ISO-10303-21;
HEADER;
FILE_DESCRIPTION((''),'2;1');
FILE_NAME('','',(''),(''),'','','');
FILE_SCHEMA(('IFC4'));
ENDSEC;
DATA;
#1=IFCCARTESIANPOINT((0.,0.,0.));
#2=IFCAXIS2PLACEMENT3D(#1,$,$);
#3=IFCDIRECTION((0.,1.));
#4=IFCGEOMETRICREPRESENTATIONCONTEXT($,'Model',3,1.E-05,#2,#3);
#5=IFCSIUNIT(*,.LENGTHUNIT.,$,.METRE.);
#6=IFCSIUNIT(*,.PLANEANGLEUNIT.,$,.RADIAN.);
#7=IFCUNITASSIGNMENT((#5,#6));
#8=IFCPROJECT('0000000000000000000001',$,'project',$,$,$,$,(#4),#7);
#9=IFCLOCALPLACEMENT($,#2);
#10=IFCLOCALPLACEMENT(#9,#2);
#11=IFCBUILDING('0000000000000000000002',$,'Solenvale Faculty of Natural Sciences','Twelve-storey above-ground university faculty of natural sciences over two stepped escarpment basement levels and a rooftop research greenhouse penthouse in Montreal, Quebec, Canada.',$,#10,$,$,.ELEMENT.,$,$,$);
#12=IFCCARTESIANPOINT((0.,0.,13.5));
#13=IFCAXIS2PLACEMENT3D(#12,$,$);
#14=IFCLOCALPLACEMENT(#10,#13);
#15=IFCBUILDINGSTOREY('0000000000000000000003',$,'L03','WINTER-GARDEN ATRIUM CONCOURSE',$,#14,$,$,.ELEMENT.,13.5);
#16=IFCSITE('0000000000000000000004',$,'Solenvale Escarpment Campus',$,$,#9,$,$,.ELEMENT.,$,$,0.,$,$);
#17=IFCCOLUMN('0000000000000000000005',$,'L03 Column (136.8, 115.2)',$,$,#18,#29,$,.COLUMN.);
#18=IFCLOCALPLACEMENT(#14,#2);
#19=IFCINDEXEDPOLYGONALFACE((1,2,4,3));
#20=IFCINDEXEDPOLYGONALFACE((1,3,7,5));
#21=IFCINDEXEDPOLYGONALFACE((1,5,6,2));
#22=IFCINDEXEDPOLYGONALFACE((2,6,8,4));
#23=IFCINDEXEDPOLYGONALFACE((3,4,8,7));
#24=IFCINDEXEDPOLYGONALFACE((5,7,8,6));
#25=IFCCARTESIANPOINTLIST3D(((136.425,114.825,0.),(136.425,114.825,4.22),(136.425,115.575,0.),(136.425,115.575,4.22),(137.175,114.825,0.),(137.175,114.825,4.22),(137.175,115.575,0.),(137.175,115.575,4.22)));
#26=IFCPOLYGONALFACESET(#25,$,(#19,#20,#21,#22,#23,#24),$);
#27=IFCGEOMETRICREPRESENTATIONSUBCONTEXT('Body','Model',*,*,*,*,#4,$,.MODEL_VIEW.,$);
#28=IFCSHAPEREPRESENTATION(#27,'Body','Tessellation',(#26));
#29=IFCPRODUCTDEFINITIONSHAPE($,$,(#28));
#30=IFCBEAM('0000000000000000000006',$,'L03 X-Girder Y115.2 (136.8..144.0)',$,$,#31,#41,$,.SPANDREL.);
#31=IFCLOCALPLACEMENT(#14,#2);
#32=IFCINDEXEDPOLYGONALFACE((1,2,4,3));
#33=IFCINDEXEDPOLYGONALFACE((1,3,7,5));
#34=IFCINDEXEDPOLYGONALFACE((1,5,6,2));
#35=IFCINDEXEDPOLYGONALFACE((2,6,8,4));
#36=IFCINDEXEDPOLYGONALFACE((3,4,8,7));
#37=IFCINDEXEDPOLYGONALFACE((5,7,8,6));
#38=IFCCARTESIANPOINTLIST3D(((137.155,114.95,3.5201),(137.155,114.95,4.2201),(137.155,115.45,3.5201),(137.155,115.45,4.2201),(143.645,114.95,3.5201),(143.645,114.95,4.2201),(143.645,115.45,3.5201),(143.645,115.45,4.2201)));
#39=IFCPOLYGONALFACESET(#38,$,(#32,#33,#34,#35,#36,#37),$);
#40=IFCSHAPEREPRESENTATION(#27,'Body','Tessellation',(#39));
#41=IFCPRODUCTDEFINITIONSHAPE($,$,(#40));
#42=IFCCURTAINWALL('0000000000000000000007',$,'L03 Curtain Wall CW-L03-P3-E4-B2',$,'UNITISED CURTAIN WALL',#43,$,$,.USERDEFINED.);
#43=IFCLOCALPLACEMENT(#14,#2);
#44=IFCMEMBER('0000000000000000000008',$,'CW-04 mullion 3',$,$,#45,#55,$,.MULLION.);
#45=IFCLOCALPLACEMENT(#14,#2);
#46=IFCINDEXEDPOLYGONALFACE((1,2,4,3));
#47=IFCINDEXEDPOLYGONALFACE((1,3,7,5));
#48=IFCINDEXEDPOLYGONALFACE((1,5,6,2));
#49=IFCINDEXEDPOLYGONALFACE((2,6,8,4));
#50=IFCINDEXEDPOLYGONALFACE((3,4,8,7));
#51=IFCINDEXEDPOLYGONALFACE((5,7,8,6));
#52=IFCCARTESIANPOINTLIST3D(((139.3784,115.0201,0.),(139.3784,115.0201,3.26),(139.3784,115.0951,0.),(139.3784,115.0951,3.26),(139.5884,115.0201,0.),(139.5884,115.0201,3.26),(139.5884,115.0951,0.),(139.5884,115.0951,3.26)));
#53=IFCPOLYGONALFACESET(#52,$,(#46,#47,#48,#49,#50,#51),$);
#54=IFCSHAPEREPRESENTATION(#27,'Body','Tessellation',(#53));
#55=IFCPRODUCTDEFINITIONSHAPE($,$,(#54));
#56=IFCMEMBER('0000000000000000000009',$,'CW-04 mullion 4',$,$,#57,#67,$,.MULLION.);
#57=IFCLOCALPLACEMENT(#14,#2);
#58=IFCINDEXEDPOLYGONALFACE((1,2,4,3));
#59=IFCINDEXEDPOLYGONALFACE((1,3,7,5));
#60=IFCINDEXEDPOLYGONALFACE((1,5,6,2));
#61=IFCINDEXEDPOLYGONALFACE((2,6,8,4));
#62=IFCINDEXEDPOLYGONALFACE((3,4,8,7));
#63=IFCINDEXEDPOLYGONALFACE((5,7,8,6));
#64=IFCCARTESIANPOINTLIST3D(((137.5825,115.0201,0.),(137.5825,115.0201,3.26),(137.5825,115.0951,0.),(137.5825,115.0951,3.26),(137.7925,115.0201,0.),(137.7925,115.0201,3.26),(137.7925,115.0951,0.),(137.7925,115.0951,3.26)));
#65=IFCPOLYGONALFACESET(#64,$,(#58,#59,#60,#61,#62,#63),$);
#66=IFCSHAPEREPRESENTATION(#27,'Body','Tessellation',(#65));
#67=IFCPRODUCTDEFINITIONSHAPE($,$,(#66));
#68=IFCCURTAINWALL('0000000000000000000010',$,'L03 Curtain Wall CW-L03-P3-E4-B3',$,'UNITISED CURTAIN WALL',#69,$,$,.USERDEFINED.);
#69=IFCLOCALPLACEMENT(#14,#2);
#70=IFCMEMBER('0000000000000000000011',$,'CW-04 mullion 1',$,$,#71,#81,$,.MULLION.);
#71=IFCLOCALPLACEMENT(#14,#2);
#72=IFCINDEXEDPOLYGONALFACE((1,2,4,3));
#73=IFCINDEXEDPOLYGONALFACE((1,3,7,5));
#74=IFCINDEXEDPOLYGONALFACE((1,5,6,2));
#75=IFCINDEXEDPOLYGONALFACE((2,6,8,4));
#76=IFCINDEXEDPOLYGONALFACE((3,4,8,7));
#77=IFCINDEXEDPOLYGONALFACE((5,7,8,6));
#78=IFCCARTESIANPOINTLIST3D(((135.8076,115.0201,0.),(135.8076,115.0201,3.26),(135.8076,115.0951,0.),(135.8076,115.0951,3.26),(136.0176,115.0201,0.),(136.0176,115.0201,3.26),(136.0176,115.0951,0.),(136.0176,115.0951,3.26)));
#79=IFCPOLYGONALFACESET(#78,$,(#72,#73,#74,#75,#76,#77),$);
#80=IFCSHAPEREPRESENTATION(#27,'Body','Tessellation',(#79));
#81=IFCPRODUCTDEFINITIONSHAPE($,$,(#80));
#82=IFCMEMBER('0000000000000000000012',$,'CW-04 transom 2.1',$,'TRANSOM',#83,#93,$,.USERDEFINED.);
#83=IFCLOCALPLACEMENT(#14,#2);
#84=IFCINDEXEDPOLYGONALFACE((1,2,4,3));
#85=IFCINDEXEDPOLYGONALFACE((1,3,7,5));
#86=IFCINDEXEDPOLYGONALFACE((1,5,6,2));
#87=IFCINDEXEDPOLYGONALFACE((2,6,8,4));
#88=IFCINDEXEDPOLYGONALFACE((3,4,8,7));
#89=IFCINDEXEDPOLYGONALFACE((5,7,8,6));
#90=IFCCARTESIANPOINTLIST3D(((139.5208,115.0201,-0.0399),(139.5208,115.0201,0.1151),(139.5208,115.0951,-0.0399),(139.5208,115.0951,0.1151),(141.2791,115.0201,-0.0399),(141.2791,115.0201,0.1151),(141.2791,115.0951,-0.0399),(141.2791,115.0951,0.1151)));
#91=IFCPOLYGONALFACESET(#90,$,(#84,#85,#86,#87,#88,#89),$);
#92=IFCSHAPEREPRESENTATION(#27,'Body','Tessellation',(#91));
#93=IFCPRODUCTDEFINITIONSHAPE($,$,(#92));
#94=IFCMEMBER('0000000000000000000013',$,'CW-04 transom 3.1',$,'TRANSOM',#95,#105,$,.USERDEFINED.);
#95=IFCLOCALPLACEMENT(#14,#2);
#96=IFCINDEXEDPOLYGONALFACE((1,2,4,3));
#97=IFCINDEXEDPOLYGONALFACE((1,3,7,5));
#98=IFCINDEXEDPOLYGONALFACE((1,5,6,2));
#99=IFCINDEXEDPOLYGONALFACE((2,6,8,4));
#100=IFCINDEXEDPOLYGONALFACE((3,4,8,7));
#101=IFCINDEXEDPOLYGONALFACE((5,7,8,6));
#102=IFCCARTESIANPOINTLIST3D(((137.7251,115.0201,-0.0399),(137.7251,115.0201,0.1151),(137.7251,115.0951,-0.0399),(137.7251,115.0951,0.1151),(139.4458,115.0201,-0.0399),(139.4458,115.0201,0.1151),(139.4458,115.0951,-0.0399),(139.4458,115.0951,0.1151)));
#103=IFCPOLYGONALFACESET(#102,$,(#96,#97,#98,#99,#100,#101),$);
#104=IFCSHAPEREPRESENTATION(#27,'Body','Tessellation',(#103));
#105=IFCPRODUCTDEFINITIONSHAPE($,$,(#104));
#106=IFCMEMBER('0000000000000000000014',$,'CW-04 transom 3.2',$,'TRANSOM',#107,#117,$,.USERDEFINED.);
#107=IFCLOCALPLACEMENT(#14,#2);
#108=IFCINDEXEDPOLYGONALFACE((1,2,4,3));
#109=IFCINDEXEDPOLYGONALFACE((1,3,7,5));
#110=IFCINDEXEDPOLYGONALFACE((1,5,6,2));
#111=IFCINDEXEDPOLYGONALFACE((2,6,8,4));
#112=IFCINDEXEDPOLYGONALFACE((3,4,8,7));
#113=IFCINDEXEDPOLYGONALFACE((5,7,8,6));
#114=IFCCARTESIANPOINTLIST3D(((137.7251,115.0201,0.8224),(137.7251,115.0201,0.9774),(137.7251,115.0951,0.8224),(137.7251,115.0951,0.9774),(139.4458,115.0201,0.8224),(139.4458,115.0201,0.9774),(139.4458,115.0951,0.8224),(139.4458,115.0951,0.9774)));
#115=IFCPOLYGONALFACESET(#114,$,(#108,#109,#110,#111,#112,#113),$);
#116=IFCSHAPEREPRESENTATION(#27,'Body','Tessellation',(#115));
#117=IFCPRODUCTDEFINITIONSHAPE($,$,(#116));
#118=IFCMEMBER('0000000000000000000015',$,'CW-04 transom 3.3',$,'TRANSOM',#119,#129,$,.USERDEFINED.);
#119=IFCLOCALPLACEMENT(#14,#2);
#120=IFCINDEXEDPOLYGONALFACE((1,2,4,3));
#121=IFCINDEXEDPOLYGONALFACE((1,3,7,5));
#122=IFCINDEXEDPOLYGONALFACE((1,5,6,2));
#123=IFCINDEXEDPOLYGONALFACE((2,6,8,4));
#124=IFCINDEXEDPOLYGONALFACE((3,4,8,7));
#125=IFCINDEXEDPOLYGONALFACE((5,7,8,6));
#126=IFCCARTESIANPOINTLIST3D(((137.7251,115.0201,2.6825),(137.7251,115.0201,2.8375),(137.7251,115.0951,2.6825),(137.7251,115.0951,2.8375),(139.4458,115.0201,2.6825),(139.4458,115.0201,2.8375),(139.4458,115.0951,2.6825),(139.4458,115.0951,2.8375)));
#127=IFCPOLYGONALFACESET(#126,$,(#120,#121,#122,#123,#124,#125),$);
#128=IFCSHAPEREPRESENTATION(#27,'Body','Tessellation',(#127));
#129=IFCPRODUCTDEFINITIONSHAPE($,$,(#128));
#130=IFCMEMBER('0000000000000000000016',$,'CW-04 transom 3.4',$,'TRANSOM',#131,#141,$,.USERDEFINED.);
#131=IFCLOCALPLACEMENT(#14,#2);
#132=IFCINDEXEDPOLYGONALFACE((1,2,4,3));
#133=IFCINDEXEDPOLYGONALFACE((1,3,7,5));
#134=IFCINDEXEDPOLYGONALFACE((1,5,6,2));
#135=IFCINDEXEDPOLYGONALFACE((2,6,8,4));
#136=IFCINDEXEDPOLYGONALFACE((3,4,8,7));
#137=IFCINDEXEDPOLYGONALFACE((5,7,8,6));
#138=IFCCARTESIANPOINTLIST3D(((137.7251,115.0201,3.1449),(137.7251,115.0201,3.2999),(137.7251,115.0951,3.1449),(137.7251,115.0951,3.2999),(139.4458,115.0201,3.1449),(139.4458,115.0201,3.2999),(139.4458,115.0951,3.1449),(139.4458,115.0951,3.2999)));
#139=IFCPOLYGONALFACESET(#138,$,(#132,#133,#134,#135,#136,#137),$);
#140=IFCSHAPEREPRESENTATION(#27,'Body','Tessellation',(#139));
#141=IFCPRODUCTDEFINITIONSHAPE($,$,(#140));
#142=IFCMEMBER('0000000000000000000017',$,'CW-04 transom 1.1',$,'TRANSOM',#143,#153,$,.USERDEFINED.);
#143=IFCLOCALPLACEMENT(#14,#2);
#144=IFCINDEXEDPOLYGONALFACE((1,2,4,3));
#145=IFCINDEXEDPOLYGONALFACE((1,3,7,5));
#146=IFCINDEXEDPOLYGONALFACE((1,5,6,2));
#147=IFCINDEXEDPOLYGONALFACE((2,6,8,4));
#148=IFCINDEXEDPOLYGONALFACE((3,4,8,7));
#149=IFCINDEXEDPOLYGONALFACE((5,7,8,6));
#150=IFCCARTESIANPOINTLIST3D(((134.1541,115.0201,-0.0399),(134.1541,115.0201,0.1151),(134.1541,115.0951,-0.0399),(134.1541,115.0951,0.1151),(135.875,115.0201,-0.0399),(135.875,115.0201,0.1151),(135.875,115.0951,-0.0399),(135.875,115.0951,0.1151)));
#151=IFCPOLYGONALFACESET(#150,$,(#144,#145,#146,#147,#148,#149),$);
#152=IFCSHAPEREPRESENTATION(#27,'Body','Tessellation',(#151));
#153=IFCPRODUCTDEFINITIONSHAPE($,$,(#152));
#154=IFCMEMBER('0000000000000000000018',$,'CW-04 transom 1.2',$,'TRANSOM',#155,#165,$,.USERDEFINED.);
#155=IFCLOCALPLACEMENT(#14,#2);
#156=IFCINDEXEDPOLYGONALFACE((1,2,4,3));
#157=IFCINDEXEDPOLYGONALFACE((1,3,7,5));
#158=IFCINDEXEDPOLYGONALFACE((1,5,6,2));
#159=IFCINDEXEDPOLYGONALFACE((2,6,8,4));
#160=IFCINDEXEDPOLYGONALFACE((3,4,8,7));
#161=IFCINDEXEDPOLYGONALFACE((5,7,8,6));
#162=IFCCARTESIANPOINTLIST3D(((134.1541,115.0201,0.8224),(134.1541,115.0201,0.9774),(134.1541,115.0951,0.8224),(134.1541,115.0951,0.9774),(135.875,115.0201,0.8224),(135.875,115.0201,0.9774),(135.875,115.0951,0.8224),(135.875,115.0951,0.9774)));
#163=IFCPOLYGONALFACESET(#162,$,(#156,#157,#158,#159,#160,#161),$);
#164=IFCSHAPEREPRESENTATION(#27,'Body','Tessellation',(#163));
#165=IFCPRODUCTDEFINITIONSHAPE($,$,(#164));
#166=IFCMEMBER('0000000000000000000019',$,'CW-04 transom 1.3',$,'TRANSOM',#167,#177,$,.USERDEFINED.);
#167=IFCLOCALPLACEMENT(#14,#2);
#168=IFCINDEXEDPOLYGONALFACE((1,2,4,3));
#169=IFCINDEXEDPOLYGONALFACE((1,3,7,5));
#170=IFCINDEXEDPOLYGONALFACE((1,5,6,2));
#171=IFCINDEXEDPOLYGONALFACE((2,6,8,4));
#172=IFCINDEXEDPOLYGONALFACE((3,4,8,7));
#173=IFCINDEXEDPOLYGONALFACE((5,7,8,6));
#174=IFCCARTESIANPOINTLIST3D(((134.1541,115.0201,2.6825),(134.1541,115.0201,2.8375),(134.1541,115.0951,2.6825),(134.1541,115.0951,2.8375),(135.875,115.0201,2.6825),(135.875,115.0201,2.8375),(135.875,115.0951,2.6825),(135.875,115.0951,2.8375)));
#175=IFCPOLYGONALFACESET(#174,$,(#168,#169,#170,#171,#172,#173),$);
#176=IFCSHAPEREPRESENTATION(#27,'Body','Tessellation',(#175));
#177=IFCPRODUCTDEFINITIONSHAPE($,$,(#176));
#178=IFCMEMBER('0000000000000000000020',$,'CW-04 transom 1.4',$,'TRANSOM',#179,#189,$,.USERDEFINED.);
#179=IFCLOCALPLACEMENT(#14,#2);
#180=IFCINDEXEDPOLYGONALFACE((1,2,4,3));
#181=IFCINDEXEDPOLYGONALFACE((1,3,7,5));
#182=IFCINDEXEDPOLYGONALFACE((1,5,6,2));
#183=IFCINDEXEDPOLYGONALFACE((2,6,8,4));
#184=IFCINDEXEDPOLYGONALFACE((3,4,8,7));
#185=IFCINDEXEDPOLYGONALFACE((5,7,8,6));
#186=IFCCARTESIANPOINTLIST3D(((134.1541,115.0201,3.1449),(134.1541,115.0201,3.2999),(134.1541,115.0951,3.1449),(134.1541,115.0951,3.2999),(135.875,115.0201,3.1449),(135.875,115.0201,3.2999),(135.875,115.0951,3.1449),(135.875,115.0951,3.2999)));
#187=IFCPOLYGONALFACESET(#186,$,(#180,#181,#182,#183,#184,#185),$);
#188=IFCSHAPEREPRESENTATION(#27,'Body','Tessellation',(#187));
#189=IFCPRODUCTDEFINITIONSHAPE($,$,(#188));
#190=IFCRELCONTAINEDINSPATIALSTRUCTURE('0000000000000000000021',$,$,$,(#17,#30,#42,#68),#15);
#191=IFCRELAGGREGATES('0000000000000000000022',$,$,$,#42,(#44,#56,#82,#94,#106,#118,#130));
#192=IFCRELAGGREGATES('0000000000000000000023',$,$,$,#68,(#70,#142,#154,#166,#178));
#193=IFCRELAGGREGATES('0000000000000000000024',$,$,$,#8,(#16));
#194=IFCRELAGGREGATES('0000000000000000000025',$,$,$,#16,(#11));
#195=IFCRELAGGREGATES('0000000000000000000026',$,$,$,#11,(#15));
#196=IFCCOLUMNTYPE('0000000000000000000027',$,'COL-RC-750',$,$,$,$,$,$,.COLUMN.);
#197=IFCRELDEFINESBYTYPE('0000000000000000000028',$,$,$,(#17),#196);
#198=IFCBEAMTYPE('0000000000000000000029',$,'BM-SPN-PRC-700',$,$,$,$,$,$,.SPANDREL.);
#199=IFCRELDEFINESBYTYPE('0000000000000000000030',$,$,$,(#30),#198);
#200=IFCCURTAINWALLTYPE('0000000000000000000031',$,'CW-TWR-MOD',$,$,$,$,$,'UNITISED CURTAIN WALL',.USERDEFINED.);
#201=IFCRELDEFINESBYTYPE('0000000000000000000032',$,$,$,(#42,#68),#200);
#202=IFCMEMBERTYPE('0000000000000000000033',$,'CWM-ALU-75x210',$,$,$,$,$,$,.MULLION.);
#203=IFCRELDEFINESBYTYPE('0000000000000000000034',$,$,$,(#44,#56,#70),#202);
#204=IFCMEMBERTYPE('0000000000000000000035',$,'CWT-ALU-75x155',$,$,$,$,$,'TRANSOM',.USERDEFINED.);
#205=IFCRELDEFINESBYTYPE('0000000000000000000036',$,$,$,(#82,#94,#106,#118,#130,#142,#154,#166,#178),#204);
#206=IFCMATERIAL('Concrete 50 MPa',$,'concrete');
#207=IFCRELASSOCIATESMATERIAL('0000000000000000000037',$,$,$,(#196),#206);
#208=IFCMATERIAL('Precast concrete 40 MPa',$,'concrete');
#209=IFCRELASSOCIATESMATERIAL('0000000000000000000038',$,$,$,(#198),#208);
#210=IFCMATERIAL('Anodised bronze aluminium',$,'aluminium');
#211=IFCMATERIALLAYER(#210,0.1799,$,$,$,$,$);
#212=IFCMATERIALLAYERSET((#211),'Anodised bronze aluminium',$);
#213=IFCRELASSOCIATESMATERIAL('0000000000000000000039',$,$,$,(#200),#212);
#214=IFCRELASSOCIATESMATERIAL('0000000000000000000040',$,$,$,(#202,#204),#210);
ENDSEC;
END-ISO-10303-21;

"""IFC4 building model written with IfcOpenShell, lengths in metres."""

from ifc_helpers import new_model, si_unit, direction, frame, origin, origin_2d, place, context, subcontext, project, spatial, rectangle, extrude, material, layer, layer_set, material_profile, profile_set, type_object, element, aggregate, save


model = new_model("IFC4")

# Units and contexts
model_context = context("Model", 3, precision=1e-05, world=origin(), true_north=direction((0.0, 1.0)))
body_context = subcontext(model_context, "Body", "Model", "MODEL_VIEW")
ifc_project = project(units=[si_unit("LENGTHUNIT", "METRE"), si_unit("PLANEANGLEUNIT", "RADIAN")], contexts=[model_context])

# Site, building, storey
site_placement = place(None, origin())
site = spatial("IfcSite", under=ifc_project, at=site_placement, Name="Solenvale Escarpment Campus", CompositionType="ELEMENT", RefElevation=0.0)
building_placement = place(site_placement, origin())
building = spatial("IfcBuilding", under=site, at=building_placement, Name="Solenvale Faculty of Natural Sciences", Description="Twelve-storey above-ground university faculty of natural sciences over two stepped escarpment basement levels and a rooftop research greenhouse penthouse in Montreal, Quebec, Canada.", CompositionType="ELEMENT")
storey_placement = place(building_placement, frame((0.0, 0.0, 13.5)))
storey = spatial("IfcBuildingStorey", under=building, at=storey_placement, Name="L03", Description="WINTER-GARDEN ATRIUM CONCOURSE", CompositionType="ELEMENT", Elevation=13.5)

# Column
ifc_material_1 = material(Name="Concrete 50 MPa", Category="concrete")
ifc_material_profile_1 = material_profile(ifc_material_1, rectangle(XDim=0.75, YDim=0.75, at=origin_2d()), Name="RC-COL-750x750")
ifc_profile_set_1 = profile_set([ifc_material_profile_1], Name="Concrete 50 MPa")
column_type = type_object("IfcColumnType", Name="COL-RC-750", PredefinedType="COLUMN", material=ifc_profile_set_1)
column_placement = place(storey_placement, frame((136.8, 115.2, 0.0), z_axis=(0.0, 0.0, 1.0), x_axis=(1.0, 0.0, 0.0)))
element("IfcColumn", 1, at=column_placement, inside=storey, type_object=column_type, Name="L03 Column (136.8, 115.2)", PredefinedType="COLUMN", context=body_context, shape_type="SweptSolid", body=[
    extrude(rectangle(XDim=0.75, YDim=0.75, at=origin_2d()), origin(), (0.0, 0.0, 1.0), 4.22),
])

# Beam
ifc_material_2 = material(Name="Precast concrete 40 MPa", Category="concrete")
ifc_material_profile_2 = material_profile(ifc_material_2, rectangle(XDim=0.5, YDim=0.7, at=origin_2d()), Name="RC-BM-500x700")
ifc_profile_set_2 = profile_set([ifc_material_profile_2], Name="Precast concrete 40 MPa")
beam_type = type_object("IfcBeamType", Name="BM-SPN-PRC-700", PredefinedType="SPANDREL", material=ifc_profile_set_2)
beam_placement = place(storey_placement, frame((137.155, 115.2, 3.8701), z_axis=(1.0, 0.0, 0.0), x_axis=(0.0, 1.0, 0.0)))
element("IfcBeam", 2, at=beam_placement, inside=storey, type_object=beam_type, Name="L03 X-Girder Y115.2 (136.8..144.0)", PredefinedType="SPANDREL", context=body_context, shape_type="SweptSolid", body=[
    extrude(rectangle(XDim=0.5, YDim=0.7, at=origin_2d()), origin(), (0.0, 0.0, 1.0), 6.49),
])

# Curtain wall, members
ifc_material_3 = material(Name="Anodised bronze aluminium", Category="aluminium")
ifc_layer_1 = layer(ifc_material_3, 0.1799)
ifc_layer_set_1 = layer_set([ifc_layer_1], Name="Anodised bronze aluminium")
curtain_wall_type = type_object("IfcCurtainWallType", Name="CW-TWR-MOD", ElementType="UNITISED CURTAIN WALL", PredefinedType="USERDEFINED", material=ifc_layer_set_1)
curtain_wall_1_placement = place(storey_placement, origin())
curtain_wall_1 = element("IfcCurtainWall", 3, at=curtain_wall_1_placement, inside=storey, type_object=curtain_wall_type, Name="L03 Curtain Wall CW-L03-P3-E4-B2", ObjectType="UNITISED CURTAIN WALL", PredefinedType="USERDEFINED")
ifc_material_profile_3 = material_profile(ifc_material_3, rectangle(XDim=0.075, YDim=0.21, at=origin_2d()), Name="ALU-MUL-75x210")
ifc_profile_set_3 = profile_set([ifc_material_profile_3], Name="Anodised bronze aluminium")
member_type_1 = type_object("IfcMemberType", Name="CWM-ALU-75x210", PredefinedType="MULLION", material=ifc_profile_set_3)
member_1_placement = place(storey_placement, frame((139.4834, 115.0576, 0.0), z_axis=(0.0, 0.0, 1.0), x_axis=(0.0, -1.0, 0.0)))
member_1 = element("IfcMember", 4, at=member_1_placement, type_object=member_type_1, Name="CW-04 mullion 3", PredefinedType="MULLION", context=body_context, shape_type="SweptSolid", body=[
    extrude(rectangle(XDim=0.075, YDim=0.21, at=origin_2d()), origin(), (0.0, 0.0, 1.0), 3.26),
])
member_2_placement = place(storey_placement, frame((137.6875, 115.0576, 0.0), z_axis=(0.0, 0.0, 1.0), x_axis=(0.0, -1.0, 0.0)))
member_2 = element("IfcMember", 5, at=member_2_placement, type_object=member_type_1, Name="CW-04 mullion 4", PredefinedType="MULLION", context=body_context, shape_type="SweptSolid", body=[
    extrude(rectangle(XDim=0.075, YDim=0.21, at=origin_2d()), origin(), (0.0, 0.0, 1.0), 3.26),
])

# Curtain wall, member
curtain_wall_2_placement = place(storey_placement, origin())
curtain_wall_2 = element("IfcCurtainWall", 6, at=curtain_wall_2_placement, inside=storey, type_object=curtain_wall_type, Name="L03 Curtain Wall CW-L03-P3-E4-B3", ObjectType="UNITISED CURTAIN WALL", PredefinedType="USERDEFINED")
member_3_placement = place(storey_placement, frame((135.9126, 115.0576, 0.0), z_axis=(0.0, 0.0, 1.0), x_axis=(0.0, -1.0, 0.0)))
member_3 = element("IfcMember", 7, at=member_3_placement, type_object=member_type_1, Name="CW-04 mullion 1", PredefinedType="MULLION", context=body_context, shape_type="SweptSolid", body=[
    extrude(rectangle(XDim=0.075, YDim=0.21, at=origin_2d()), origin(), (0.0, 0.0, 1.0), 3.26),
])

# Members
ifc_material_profile_4 = material_profile(ifc_material_3, rectangle(XDim=0.075, YDim=0.155, at=origin_2d()), Name="ALU-TRN-75x155")
ifc_profile_set_4 = profile_set([ifc_material_profile_4], Name="Anodised bronze aluminium")
member_type_2 = type_object("IfcMemberType", Name="CWT-ALU-75x155", ElementType="TRANSOM", PredefinedType="USERDEFINED", material=ifc_profile_set_4)
member_4_placement = place(storey_placement, frame((141.2791, 115.0576, 0.0376), z_axis=(-1.0, 0.0, 0.0), x_axis=(0.0, -1.0, 0.0)))
member_4 = element("IfcMember", 8, at=member_4_placement, type_object=member_type_2, Name="CW-04 transom 2.1", ObjectType="TRANSOM", PredefinedType="USERDEFINED", context=body_context, shape_type="SweptSolid", body=[
    extrude(rectangle(XDim=0.075, YDim=0.155, at=origin_2d()), origin(), (0.0, 0.0, 1.0), 1.7583),
])
member_5_placement = place(storey_placement, frame((139.4458, 115.0576, 0.0376), z_axis=(-1.0, 0.0, 0.0), x_axis=(0.0, -1.0, 0.0)))
member_5 = element("IfcMember", 9, at=member_5_placement, type_object=member_type_2, Name="CW-04 transom 3.1", ObjectType="TRANSOM", PredefinedType="USERDEFINED", context=body_context, shape_type="SweptSolid", body=[
    extrude(rectangle(XDim=0.075, YDim=0.155, at=origin_2d()), origin(), (0.0, 0.0, 1.0), 1.7207),
])
member_6_placement = place(storey_placement, frame((139.4458, 115.0576, 0.8999), z_axis=(-1.0, 0.0, 0.0), x_axis=(0.0, -1.0, 0.0)))
member_6 = element("IfcMember", 10, at=member_6_placement, type_object=member_type_2, Name="CW-04 transom 3.2", ObjectType="TRANSOM", PredefinedType="USERDEFINED", context=body_context, shape_type="SweptSolid", body=[
    extrude(rectangle(XDim=0.075, YDim=0.155, at=origin_2d()), origin(), (0.0, 0.0, 1.0), 1.7207),
])
member_7_placement = place(storey_placement, frame((139.4458, 115.0576, 2.76), z_axis=(-1.0, 0.0, 0.0), x_axis=(0.0, -1.0, 0.0)))
member_7 = element("IfcMember", 11, at=member_7_placement, type_object=member_type_2, Name="CW-04 transom 3.3", ObjectType="TRANSOM", PredefinedType="USERDEFINED", context=body_context, shape_type="SweptSolid", body=[
    extrude(rectangle(XDim=0.075, YDim=0.155, at=origin_2d()), origin(), (0.0, 0.0, 1.0), 1.7207),
])
member_8_placement = place(storey_placement, frame((139.4458, 115.0576, 3.2224), z_axis=(-1.0, 0.0, 0.0), x_axis=(0.0, -1.0, 0.0)))
member_8 = element("IfcMember", 12, at=member_8_placement, type_object=member_type_2, Name="CW-04 transom 3.4", ObjectType="TRANSOM", PredefinedType="USERDEFINED", context=body_context, shape_type="SweptSolid", body=[
    extrude(rectangle(XDim=0.075, YDim=0.155, at=origin_2d()), origin(), (0.0, 0.0, 1.0), 1.7207),
])
member_9_placement = place(storey_placement, frame((135.875, 115.0576, 0.0376), z_axis=(-1.0, 0.0, 0.0), x_axis=(0.0, -1.0, 0.0)))
member_9 = element("IfcMember", 13, at=member_9_placement, type_object=member_type_2, Name="CW-04 transom 1.1", ObjectType="TRANSOM", PredefinedType="USERDEFINED", context=body_context, shape_type="SweptSolid", body=[
    extrude(rectangle(XDim=0.075, YDim=0.155, at=origin_2d()), origin(), (0.0, 0.0, 1.0), 1.7209),
])
member_10_placement = place(storey_placement, frame((135.875, 115.0576, 0.8999), z_axis=(-1.0, 0.0, 0.0), x_axis=(0.0, -1.0, 0.0)))
member_10 = element("IfcMember", 14, at=member_10_placement, type_object=member_type_2, Name="CW-04 transom 1.2", ObjectType="TRANSOM", PredefinedType="USERDEFINED", context=body_context, shape_type="SweptSolid", body=[
    extrude(rectangle(XDim=0.075, YDim=0.155, at=origin_2d()), origin(), (0.0, 0.0, 1.0), 1.7209),
])
member_11_placement = place(storey_placement, frame((135.875, 115.0576, 2.76), z_axis=(-1.0, 0.0, 0.0), x_axis=(0.0, -1.0, 0.0)))
member_11 = element("IfcMember", 15, at=member_11_placement, type_object=member_type_2, Name="CW-04 transom 1.3", ObjectType="TRANSOM", PredefinedType="USERDEFINED", context=body_context, shape_type="SweptSolid", body=[
    extrude(rectangle(XDim=0.075, YDim=0.155, at=origin_2d()), origin(), (0.0, 0.0, 1.0), 1.7209),
])
member_12_placement = place(storey_placement, frame((135.875, 115.0576, 3.2224), z_axis=(-1.0, 0.0, 0.0), x_axis=(0.0, -1.0, 0.0)))
member_12 = element("IfcMember", 16, at=member_12_placement, type_object=member_type_2, Name="CW-04 transom 1.4", ObjectType="TRANSOM", PredefinedType="USERDEFINED", context=body_context, shape_type="SweptSolid", body=[
    extrude(rectangle(XDim=0.075, YDim=0.155, at=origin_2d()), origin(), (0.0, 0.0, 1.0), 1.7209),
])

aggregate(curtain_wall_1, [member_1, member_2, member_4, member_5, member_6, member_7, member_8])
aggregate(curtain_wall_2, [member_3, member_9, member_10, member_11, member_12])

save(model, "model.ifc")
